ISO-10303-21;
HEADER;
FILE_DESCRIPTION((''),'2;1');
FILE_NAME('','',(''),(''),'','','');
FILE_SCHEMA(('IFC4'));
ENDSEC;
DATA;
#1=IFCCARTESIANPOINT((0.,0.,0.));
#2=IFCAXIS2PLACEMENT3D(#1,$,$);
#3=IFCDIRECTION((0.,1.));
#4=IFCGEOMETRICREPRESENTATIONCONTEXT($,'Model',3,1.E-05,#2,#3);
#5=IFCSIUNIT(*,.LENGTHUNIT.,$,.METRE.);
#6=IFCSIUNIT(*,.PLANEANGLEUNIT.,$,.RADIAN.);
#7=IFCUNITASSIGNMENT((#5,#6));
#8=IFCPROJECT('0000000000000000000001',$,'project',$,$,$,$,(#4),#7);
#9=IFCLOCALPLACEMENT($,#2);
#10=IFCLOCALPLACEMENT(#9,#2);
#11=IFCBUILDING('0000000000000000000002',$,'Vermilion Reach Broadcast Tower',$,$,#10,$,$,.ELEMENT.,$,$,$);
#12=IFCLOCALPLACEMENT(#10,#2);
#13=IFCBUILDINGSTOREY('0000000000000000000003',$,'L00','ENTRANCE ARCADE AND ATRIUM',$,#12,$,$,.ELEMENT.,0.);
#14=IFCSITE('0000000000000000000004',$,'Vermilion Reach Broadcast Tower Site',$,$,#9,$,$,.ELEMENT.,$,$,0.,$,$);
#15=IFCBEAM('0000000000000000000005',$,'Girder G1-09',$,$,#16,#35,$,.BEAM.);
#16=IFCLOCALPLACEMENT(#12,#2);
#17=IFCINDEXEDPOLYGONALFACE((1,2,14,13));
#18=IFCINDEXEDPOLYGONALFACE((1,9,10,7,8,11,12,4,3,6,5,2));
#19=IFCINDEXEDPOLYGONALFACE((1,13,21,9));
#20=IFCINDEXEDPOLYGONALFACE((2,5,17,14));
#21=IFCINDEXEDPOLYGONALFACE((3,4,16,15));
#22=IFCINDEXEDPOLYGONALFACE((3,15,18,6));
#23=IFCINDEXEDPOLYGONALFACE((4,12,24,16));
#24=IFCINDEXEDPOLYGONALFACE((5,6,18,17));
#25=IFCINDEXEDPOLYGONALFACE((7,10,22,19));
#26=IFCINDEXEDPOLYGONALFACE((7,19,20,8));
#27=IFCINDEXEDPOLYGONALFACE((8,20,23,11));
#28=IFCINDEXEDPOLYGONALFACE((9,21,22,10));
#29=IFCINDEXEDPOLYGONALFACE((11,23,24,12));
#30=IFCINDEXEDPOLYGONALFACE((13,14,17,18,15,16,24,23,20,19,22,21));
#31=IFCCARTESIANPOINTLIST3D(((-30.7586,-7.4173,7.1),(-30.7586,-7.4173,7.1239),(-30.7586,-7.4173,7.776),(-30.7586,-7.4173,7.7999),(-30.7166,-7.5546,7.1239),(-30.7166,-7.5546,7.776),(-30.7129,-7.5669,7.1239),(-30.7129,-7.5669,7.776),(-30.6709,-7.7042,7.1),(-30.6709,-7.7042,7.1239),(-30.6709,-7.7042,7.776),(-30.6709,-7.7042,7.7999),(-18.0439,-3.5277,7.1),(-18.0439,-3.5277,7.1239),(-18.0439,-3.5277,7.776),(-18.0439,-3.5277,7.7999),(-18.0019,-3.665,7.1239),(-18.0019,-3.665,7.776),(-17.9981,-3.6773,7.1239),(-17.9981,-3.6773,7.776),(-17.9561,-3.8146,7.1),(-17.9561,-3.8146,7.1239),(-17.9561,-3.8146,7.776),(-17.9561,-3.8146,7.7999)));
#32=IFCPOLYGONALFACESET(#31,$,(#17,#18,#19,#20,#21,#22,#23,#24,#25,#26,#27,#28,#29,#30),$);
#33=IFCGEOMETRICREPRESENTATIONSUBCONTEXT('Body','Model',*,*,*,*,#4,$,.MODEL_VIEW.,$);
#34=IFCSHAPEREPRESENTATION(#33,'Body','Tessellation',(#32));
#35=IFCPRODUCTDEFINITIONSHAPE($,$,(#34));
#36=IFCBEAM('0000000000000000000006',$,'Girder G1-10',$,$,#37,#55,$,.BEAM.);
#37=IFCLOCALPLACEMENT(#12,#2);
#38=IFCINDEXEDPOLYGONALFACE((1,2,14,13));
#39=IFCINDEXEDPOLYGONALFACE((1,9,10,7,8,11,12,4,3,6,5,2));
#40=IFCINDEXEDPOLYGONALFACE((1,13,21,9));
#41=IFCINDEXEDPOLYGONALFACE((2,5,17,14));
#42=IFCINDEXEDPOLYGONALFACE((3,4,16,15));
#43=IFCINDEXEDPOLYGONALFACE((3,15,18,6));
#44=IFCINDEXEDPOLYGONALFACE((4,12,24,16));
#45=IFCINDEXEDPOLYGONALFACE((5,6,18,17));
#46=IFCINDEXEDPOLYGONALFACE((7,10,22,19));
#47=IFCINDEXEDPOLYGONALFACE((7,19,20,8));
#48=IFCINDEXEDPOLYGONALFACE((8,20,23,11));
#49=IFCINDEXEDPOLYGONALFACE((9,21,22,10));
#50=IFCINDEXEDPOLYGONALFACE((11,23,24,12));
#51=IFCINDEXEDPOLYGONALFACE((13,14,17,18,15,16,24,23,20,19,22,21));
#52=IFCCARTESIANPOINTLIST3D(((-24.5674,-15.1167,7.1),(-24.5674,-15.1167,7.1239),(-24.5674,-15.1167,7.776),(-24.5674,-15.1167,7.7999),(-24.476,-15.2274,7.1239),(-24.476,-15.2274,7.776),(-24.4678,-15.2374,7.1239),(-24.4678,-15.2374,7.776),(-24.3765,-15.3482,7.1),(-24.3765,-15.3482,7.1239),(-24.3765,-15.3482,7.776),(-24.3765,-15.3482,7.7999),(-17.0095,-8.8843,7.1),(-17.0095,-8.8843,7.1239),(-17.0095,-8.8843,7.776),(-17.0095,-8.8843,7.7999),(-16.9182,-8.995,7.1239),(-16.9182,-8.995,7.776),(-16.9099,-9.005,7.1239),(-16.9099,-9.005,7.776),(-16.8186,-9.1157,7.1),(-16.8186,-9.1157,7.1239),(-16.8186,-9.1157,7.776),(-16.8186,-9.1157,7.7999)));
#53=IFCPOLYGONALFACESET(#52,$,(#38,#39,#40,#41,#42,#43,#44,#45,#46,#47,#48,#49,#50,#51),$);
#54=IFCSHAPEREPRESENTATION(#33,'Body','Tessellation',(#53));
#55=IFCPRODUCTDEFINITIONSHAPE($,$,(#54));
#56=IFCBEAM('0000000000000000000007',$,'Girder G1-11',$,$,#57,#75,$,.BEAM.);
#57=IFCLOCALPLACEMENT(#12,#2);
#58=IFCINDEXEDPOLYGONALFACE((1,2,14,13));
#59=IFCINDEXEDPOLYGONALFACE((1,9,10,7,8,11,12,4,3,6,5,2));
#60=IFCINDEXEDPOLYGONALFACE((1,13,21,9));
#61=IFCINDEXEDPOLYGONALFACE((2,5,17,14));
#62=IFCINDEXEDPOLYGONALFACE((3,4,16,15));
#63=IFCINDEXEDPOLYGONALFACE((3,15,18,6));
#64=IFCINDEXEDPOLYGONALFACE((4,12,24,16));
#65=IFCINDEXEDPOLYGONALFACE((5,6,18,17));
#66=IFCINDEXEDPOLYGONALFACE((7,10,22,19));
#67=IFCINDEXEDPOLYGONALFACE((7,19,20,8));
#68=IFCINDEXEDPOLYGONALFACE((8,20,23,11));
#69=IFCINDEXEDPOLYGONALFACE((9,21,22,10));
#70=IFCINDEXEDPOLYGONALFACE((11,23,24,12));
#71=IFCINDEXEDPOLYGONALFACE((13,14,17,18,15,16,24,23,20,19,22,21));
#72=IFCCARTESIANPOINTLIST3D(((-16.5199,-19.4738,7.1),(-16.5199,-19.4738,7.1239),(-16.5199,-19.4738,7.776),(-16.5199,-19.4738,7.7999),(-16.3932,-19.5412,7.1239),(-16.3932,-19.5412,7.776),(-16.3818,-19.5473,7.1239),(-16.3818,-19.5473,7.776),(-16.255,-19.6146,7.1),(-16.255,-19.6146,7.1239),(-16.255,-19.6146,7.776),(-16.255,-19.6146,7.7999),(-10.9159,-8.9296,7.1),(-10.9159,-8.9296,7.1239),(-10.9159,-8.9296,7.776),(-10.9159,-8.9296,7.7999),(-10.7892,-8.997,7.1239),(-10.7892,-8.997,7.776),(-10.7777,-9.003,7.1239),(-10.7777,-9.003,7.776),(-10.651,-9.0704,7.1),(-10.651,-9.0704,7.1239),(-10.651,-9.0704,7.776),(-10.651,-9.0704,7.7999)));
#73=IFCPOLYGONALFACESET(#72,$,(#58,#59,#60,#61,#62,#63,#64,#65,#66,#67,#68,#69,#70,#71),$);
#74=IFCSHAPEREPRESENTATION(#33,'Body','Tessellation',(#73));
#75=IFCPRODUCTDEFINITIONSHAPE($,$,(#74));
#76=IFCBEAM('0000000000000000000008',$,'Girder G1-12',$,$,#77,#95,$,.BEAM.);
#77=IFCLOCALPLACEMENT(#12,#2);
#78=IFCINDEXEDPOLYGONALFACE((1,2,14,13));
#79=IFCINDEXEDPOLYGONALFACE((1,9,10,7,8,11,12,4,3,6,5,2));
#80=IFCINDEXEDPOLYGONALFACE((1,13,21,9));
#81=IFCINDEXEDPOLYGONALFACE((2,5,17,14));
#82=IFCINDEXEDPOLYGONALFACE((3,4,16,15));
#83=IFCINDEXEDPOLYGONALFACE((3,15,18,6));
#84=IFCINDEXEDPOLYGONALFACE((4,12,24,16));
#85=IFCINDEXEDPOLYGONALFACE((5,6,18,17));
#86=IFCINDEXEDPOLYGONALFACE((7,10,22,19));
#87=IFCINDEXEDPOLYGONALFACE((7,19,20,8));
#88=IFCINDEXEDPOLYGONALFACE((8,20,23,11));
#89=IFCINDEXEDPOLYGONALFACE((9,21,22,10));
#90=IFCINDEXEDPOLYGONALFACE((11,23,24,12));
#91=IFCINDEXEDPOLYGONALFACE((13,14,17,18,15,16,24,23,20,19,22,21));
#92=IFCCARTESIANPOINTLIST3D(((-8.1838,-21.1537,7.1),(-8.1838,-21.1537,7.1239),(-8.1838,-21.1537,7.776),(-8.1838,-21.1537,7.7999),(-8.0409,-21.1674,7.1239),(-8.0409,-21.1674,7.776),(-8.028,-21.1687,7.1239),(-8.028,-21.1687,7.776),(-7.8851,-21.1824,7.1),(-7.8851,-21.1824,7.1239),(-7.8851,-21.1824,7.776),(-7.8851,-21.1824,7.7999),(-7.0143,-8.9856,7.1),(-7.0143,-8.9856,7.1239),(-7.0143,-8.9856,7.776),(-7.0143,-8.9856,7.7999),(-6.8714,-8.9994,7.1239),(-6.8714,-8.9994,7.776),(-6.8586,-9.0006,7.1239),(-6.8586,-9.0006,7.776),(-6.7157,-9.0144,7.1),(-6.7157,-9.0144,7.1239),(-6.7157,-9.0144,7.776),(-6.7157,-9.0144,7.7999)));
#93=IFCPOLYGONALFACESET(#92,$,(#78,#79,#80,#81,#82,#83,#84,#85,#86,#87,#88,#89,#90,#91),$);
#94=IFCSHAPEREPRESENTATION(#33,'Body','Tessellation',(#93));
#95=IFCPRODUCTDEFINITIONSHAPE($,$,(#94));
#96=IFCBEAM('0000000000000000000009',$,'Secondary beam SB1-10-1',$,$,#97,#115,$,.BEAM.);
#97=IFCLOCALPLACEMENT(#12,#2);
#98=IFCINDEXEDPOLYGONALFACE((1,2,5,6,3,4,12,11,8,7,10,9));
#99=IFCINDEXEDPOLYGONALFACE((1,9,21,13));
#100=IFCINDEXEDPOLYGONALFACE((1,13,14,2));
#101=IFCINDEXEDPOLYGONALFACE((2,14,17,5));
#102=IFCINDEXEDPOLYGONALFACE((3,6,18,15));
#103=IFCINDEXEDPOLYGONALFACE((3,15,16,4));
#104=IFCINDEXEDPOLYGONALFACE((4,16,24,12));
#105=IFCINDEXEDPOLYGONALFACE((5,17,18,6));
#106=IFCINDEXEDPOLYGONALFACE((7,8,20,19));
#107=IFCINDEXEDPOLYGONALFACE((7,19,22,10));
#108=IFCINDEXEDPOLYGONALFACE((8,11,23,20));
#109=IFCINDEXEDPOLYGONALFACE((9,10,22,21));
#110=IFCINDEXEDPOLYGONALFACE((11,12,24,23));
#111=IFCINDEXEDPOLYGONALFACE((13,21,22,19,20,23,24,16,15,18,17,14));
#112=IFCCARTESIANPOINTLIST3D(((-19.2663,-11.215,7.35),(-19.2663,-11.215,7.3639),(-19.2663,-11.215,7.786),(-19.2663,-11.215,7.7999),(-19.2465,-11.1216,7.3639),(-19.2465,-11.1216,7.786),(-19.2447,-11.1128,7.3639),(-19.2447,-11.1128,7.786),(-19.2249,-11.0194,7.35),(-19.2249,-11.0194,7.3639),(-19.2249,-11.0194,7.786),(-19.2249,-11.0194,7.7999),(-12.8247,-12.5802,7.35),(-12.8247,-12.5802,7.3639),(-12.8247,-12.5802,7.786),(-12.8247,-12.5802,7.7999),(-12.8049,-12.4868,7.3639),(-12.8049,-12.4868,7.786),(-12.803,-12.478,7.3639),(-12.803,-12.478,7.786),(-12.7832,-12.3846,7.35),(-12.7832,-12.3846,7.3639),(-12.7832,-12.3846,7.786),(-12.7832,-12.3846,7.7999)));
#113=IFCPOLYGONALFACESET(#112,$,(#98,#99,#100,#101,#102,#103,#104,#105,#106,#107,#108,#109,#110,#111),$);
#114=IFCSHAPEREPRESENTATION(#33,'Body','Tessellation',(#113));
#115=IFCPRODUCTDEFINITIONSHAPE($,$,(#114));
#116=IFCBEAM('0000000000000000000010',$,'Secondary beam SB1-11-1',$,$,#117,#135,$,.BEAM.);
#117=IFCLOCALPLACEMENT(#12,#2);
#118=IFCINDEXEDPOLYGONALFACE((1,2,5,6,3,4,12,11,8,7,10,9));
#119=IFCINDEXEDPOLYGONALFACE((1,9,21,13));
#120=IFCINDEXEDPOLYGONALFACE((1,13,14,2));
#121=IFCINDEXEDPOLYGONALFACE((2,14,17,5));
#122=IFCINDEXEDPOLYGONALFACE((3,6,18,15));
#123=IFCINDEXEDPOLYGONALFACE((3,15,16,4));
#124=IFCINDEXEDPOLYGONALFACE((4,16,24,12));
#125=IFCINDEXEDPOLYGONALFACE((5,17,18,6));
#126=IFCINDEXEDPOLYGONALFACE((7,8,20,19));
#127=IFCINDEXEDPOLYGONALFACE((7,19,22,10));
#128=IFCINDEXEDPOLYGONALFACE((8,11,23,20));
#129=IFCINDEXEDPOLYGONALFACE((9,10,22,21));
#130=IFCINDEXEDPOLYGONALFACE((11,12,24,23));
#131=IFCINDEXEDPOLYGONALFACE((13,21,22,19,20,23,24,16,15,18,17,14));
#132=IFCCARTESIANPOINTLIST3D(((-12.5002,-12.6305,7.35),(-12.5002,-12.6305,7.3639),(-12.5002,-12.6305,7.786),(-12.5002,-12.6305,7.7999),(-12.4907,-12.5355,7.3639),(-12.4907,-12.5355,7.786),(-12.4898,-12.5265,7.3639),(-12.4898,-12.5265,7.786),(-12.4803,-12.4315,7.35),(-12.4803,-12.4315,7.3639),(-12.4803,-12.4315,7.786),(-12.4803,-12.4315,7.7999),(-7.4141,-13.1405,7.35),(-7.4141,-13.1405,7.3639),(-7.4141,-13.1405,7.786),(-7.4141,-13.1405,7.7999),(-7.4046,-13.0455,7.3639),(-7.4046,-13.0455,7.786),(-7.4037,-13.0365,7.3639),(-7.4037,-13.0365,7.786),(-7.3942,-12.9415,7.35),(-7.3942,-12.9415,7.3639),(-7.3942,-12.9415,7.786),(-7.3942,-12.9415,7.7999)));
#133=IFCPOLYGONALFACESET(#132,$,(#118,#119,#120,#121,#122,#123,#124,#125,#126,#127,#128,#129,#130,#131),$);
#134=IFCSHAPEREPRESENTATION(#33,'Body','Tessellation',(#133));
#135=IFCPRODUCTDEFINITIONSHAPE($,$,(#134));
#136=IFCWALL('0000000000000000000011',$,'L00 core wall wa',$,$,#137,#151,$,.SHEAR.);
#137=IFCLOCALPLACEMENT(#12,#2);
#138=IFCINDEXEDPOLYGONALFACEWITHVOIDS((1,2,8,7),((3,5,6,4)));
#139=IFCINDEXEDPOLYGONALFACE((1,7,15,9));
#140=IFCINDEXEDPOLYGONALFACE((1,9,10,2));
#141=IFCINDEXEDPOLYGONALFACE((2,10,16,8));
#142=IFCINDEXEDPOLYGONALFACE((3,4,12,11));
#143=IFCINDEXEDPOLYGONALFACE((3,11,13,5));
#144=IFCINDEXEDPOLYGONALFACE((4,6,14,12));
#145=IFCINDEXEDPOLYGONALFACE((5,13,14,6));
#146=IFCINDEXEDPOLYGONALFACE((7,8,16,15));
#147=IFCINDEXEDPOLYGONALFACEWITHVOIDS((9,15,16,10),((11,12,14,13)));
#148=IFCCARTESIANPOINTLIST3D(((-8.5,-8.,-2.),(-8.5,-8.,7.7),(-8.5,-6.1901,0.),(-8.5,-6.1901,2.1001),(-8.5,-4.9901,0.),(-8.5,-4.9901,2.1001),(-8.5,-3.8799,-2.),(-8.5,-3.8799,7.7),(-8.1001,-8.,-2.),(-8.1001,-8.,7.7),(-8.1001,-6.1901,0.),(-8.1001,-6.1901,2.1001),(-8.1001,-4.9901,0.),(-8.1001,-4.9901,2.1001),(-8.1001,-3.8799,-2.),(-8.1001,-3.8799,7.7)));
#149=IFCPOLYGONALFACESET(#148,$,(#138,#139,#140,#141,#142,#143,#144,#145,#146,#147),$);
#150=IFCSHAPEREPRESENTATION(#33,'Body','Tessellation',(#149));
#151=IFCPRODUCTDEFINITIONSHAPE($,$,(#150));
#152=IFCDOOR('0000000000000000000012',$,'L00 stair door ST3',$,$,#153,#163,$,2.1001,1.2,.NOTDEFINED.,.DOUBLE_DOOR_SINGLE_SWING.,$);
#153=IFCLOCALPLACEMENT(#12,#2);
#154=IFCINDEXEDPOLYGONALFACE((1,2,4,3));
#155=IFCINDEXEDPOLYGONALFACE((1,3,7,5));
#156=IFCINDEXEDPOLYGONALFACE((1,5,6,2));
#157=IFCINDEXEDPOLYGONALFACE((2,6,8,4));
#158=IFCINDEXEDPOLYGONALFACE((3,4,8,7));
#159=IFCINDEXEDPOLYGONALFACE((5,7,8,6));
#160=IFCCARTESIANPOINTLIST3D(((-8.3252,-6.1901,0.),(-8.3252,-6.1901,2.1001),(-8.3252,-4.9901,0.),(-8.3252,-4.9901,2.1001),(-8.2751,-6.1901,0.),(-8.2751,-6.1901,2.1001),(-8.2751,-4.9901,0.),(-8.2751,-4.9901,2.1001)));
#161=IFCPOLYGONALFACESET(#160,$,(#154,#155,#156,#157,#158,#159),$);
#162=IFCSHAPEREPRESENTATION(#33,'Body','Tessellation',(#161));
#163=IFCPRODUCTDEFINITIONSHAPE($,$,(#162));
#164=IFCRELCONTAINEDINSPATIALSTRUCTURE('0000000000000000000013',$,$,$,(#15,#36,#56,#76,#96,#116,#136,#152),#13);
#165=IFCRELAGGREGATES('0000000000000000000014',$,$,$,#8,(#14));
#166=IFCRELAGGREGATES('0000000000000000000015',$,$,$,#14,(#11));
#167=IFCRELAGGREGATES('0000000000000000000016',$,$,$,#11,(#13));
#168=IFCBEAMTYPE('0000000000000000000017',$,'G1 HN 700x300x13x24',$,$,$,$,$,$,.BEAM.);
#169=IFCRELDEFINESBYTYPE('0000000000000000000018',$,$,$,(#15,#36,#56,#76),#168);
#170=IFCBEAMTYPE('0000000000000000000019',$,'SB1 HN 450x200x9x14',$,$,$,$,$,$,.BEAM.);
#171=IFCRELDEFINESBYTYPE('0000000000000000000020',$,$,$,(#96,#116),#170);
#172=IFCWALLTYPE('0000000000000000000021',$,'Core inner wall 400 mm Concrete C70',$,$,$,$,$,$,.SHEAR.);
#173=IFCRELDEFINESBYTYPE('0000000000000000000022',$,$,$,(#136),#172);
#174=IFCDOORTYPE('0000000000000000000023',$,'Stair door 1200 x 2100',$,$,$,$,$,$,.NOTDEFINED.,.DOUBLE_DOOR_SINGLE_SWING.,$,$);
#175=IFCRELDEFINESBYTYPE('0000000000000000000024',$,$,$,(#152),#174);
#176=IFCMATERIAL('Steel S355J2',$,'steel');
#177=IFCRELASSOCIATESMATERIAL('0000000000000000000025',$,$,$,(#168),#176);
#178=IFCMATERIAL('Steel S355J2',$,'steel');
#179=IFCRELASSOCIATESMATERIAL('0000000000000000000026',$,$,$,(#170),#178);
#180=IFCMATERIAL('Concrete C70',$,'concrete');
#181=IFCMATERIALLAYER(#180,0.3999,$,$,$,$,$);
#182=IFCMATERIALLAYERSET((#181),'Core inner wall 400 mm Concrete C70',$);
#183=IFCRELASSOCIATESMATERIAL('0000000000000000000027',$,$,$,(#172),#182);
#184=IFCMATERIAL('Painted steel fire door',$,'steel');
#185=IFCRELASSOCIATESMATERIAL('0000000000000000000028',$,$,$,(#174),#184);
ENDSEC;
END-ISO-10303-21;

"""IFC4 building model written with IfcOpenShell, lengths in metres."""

from ifc_helpers import new_model, si_unit, direction, frame, frame_2d, origin, origin_2d, place, context, subcontext, project, spatial, rectangle, i_section, extrude, material, layer, layer_set, material_profile, profile_set, type_object, element, fill, save


model = new_model("IFC4")

# Units and contexts
model_context = context("Model", 3, precision=1e-05, world=origin(), true_north=direction((0.0, 1.0)))
body_context = subcontext(model_context, "Body", "Model", "MODEL_VIEW")
ifc_project = project(units=[si_unit("LENGTHUNIT", "METRE"), si_unit("PLANEANGLEUNIT", "RADIAN")], contexts=[model_context])

# Site, building, storey
site_placement = place(None, origin())
site = spatial("IfcSite", under=ifc_project, at=site_placement, Name="Vermilion Reach Broadcast Tower Site", CompositionType="ELEMENT", RefElevation=0.0)
building_placement = place(site_placement, origin())
building = spatial("IfcBuilding", under=site, at=building_placement, Name="Vermilion Reach Broadcast Tower", CompositionType="ELEMENT")
storey_placement = place(building_placement, origin())
storey = spatial("IfcBuildingStorey", under=building, at=storey_placement, Name="L00", Description="ENTRANCE ARCADE AND ATRIUM", CompositionType="ELEMENT", Elevation=0.0)

# Beams
ifc_material_1 = material(Name="Steel S355J2", Category="steel")
ifc_material_profile_1 = material_profile(ifc_material_1, i_section(OverallWidth=0.3, OverallDepth=0.7, WebThickness=0.0129, FlangeThickness=0.0239, at=origin_2d()), Name="S355J2 HN 700x300x13x24")
ifc_profile_set_1 = profile_set([ifc_material_profile_1], Name="Steel S355J2")
beam_type_1 = type_object("IfcBeamType", Name="G1 HN 700x300x13x24", PredefinedType="BEAM", material=ifc_profile_set_1)
beam_1_placement = place(storey_placement, frame((-18.0, -3.6711, 7.45), z_axis=(-0.956256, -0.292532, 0.0), x_axis=(0.292532, -0.956256, 0.0)))
element("IfcBeam", 1, at=beam_1_placement, inside=storey, type_object=beam_type_1, Name="Girder G1-09", PredefinedType="BEAM", context=body_context, shape_type="SweptSolid", body=[
    extrude(i_section(OverallWidth=0.3, OverallDepth=0.7, WebThickness=0.0129, FlangeThickness=0.0239, at=origin_2d()), origin(), (0.0, 0.0, 1.0), 13.2964),
])
beam_2_placement = place(storey_placement, frame((-16.9141, -9.0, 7.45), z_axis=(-0.771514, -0.636212, 0.0), x_axis=(0.636212, -0.771514, 0.0)))
element("IfcBeam", 2, at=beam_2_placement, inside=storey, type_object=beam_type_1, Name="Girder G1-10", PredefinedType="BEAM", context=body_context, shape_type="SweptSolid", body=[
    extrude(i_section(OverallWidth=0.3, OverallDepth=0.7, WebThickness=0.0129, FlangeThickness=0.0239, at=origin_2d()), origin(), (0.0, 0.0, 1.0), 9.7961),
])
beam_3_placement = place(storey_placement, frame((-10.7834, -9.0, 7.45), z_axis=(-0.469312, -0.883032, 0.0), x_axis=(0.883032, -0.469312, 0.0)))
element("IfcBeam", 3, at=beam_3_placement, inside=storey, type_object=beam_type_1, Name="Girder G1-11", PredefinedType="BEAM", context=body_context, shape_type="SweptSolid", body=[
    extrude(i_section(OverallWidth=0.3, OverallDepth=0.7, WebThickness=0.0129, FlangeThickness=0.0239, at=origin_2d()), origin(), (0.0, 0.0, 1.0), 11.9409),
])
beam_4_placement = place(storey_placement, frame((-6.865, -9.0, 7.45), z_axis=(-0.095667, -0.995413, 0.0), x_axis=(0.995413, -0.095667, 0.0)))
element("IfcBeam", 4, at=beam_4_placement, inside=storey, type_object=beam_type_1, Name="Girder G1-12", PredefinedType="BEAM", context=body_context, shape_type="SweptSolid", body=[
    extrude(i_section(OverallWidth=0.3, OverallDepth=0.7, WebThickness=0.0129, FlangeThickness=0.0239, at=origin_2d()), origin(), (0.0, 0.0, 1.0), 12.2241),
])
ifc_material_2 = material(Name="Steel S355J2", Category="steel")
ifc_material_profile_2 = material_profile(ifc_material_2, i_section(OverallWidth=0.2, OverallDepth=0.45, WebThickness=0.009, FlangeThickness=0.0139, at=origin_2d()), Name="S355J2 HN 450x200x9x14")
ifc_profile_set_2 = profile_set([ifc_material_profile_2], Name="Steel S355J2")
beam_type_2 = type_object("IfcBeamType", Name="SB1 HN 450x200x9x14", PredefinedType="BEAM", material=ifc_profile_set_2)
beam_5_placement = place(storey_placement, frame((-19.2456, -11.1172, 7.575), z_axis=(0.97827, -0.207333, 0.0), x_axis=(0.207333, 0.97827, 0.0)))
element("IfcBeam", 5, at=beam_5_placement, inside=storey, type_object=beam_type_2, Name="Secondary beam SB1-10-1", PredefinedType="BEAM", context=body_context, shape_type="SweptSolid", body=[
    extrude(i_section(OverallWidth=0.2, OverallDepth=0.45, WebThickness=0.009, FlangeThickness=0.0139, at=origin_2d()), origin(), (0.0, 0.0, 1.0), 6.5847),
])
beam_6_placement = place(storey_placement, frame((-12.4902, -12.531, 7.575), z_axis=(0.99501, -0.099773, 0.0), x_axis=(0.099773, 0.99501, 0.0)))
element("IfcBeam", 6, at=beam_6_placement, inside=storey, type_object=beam_type_2, Name="Secondary beam SB1-11-1", PredefinedType="BEAM", context=body_context, shape_type="SweptSolid", body=[
    extrude(i_section(OverallWidth=0.2, OverallDepth=0.45, WebThickness=0.009, FlangeThickness=0.0139, at=origin_2d()), origin(), (0.0, 0.0, 1.0), 5.1116),
])

# Wall, opening, door
ifc_material_3 = material(Name="Concrete C70", Category="concrete")
ifc_layer_1 = layer(ifc_material_3, 0.3999)
ifc_layer_set_1 = layer_set([ifc_layer_1], Name="Core inner wall 400 mm Concrete C70")
wall_type_1 = type_object("IfcWallType", Name="Core inner wall 400 mm Concrete C70", PredefinedType="SHEAR", material=ifc_layer_set_1)
wall_1_placement = place(storey_placement, frame((-8.3, -3.8799, -2.0), z_axis=(0.0, 0.0, 1.0), x_axis=(0.0, -1.0, 0.0)))
wall_1 = element("IfcWall", 7, at=wall_1_placement, inside=storey, type_object=wall_type_1, Name="L00 core wall wa", PredefinedType="SHEAR", context=body_context, shape_type="SweptSolid", body=[
    extrude(rectangle(XDim=4.1201, YDim=0.3999, at=frame_2d((2.0601, 0.0))), origin(), (0.0, 0.0, 1.0), 9.7),
])
opening_1_placement = place(wall_1_placement, frame((1.1101, 0.0, 2.0)))
opening_1 = element("IfcOpeningElement", 8, at=opening_1_placement, cuts=wall_1, PredefinedType="OPENING", context=body_context, shape_type="SweptSolid", body=[
    extrude(rectangle(XDim=1.2, YDim=2.1001, at=frame_2d((0.6001, 1.05))), frame((0.0, 0.21, 0.0), z_axis=(0.0, -1.0, 0.0), x_axis=(1.0, 0.0, 0.0)), (0.0, 0.0, 1.0), 0.4199),
])
ifc_material_4 = material(Name="Painted steel fire door", Category="steel")
door_type_1 = type_object("IfcDoorType", Name="Stair door 1200 x 2100", OperationType="DOUBLE_DOOR_SINGLE_SWING", PredefinedType="NOTDEFINED", material=ifc_material_4)
door_1_placement = place(opening_1_placement, origin())
door_1 = element("IfcDoor", 9, at=door_1_placement, inside=storey, type_object=door_type_1, Name="L00 stair door ST3", OperationType="DOUBLE_DOOR_SINGLE_SWING", OverallHeight=2.1001, OverallWidth=1.2, PredefinedType="NOTDEFINED", context=body_context, shape_type="SweptSolid", body=[
    extrude(rectangle(XDim=1.2, YDim=2.1001, at=frame_2d((0.6001, 1.05))), frame((0.0, 0.0249, 0.0), z_axis=(0.0, -1.0, 0.0), x_axis=(1.0, 0.0, 0.0)), (0.0, 0.0, 1.0), 0.05),
])
fill(opening_1, door_1)

save(model, "model.ifc")
